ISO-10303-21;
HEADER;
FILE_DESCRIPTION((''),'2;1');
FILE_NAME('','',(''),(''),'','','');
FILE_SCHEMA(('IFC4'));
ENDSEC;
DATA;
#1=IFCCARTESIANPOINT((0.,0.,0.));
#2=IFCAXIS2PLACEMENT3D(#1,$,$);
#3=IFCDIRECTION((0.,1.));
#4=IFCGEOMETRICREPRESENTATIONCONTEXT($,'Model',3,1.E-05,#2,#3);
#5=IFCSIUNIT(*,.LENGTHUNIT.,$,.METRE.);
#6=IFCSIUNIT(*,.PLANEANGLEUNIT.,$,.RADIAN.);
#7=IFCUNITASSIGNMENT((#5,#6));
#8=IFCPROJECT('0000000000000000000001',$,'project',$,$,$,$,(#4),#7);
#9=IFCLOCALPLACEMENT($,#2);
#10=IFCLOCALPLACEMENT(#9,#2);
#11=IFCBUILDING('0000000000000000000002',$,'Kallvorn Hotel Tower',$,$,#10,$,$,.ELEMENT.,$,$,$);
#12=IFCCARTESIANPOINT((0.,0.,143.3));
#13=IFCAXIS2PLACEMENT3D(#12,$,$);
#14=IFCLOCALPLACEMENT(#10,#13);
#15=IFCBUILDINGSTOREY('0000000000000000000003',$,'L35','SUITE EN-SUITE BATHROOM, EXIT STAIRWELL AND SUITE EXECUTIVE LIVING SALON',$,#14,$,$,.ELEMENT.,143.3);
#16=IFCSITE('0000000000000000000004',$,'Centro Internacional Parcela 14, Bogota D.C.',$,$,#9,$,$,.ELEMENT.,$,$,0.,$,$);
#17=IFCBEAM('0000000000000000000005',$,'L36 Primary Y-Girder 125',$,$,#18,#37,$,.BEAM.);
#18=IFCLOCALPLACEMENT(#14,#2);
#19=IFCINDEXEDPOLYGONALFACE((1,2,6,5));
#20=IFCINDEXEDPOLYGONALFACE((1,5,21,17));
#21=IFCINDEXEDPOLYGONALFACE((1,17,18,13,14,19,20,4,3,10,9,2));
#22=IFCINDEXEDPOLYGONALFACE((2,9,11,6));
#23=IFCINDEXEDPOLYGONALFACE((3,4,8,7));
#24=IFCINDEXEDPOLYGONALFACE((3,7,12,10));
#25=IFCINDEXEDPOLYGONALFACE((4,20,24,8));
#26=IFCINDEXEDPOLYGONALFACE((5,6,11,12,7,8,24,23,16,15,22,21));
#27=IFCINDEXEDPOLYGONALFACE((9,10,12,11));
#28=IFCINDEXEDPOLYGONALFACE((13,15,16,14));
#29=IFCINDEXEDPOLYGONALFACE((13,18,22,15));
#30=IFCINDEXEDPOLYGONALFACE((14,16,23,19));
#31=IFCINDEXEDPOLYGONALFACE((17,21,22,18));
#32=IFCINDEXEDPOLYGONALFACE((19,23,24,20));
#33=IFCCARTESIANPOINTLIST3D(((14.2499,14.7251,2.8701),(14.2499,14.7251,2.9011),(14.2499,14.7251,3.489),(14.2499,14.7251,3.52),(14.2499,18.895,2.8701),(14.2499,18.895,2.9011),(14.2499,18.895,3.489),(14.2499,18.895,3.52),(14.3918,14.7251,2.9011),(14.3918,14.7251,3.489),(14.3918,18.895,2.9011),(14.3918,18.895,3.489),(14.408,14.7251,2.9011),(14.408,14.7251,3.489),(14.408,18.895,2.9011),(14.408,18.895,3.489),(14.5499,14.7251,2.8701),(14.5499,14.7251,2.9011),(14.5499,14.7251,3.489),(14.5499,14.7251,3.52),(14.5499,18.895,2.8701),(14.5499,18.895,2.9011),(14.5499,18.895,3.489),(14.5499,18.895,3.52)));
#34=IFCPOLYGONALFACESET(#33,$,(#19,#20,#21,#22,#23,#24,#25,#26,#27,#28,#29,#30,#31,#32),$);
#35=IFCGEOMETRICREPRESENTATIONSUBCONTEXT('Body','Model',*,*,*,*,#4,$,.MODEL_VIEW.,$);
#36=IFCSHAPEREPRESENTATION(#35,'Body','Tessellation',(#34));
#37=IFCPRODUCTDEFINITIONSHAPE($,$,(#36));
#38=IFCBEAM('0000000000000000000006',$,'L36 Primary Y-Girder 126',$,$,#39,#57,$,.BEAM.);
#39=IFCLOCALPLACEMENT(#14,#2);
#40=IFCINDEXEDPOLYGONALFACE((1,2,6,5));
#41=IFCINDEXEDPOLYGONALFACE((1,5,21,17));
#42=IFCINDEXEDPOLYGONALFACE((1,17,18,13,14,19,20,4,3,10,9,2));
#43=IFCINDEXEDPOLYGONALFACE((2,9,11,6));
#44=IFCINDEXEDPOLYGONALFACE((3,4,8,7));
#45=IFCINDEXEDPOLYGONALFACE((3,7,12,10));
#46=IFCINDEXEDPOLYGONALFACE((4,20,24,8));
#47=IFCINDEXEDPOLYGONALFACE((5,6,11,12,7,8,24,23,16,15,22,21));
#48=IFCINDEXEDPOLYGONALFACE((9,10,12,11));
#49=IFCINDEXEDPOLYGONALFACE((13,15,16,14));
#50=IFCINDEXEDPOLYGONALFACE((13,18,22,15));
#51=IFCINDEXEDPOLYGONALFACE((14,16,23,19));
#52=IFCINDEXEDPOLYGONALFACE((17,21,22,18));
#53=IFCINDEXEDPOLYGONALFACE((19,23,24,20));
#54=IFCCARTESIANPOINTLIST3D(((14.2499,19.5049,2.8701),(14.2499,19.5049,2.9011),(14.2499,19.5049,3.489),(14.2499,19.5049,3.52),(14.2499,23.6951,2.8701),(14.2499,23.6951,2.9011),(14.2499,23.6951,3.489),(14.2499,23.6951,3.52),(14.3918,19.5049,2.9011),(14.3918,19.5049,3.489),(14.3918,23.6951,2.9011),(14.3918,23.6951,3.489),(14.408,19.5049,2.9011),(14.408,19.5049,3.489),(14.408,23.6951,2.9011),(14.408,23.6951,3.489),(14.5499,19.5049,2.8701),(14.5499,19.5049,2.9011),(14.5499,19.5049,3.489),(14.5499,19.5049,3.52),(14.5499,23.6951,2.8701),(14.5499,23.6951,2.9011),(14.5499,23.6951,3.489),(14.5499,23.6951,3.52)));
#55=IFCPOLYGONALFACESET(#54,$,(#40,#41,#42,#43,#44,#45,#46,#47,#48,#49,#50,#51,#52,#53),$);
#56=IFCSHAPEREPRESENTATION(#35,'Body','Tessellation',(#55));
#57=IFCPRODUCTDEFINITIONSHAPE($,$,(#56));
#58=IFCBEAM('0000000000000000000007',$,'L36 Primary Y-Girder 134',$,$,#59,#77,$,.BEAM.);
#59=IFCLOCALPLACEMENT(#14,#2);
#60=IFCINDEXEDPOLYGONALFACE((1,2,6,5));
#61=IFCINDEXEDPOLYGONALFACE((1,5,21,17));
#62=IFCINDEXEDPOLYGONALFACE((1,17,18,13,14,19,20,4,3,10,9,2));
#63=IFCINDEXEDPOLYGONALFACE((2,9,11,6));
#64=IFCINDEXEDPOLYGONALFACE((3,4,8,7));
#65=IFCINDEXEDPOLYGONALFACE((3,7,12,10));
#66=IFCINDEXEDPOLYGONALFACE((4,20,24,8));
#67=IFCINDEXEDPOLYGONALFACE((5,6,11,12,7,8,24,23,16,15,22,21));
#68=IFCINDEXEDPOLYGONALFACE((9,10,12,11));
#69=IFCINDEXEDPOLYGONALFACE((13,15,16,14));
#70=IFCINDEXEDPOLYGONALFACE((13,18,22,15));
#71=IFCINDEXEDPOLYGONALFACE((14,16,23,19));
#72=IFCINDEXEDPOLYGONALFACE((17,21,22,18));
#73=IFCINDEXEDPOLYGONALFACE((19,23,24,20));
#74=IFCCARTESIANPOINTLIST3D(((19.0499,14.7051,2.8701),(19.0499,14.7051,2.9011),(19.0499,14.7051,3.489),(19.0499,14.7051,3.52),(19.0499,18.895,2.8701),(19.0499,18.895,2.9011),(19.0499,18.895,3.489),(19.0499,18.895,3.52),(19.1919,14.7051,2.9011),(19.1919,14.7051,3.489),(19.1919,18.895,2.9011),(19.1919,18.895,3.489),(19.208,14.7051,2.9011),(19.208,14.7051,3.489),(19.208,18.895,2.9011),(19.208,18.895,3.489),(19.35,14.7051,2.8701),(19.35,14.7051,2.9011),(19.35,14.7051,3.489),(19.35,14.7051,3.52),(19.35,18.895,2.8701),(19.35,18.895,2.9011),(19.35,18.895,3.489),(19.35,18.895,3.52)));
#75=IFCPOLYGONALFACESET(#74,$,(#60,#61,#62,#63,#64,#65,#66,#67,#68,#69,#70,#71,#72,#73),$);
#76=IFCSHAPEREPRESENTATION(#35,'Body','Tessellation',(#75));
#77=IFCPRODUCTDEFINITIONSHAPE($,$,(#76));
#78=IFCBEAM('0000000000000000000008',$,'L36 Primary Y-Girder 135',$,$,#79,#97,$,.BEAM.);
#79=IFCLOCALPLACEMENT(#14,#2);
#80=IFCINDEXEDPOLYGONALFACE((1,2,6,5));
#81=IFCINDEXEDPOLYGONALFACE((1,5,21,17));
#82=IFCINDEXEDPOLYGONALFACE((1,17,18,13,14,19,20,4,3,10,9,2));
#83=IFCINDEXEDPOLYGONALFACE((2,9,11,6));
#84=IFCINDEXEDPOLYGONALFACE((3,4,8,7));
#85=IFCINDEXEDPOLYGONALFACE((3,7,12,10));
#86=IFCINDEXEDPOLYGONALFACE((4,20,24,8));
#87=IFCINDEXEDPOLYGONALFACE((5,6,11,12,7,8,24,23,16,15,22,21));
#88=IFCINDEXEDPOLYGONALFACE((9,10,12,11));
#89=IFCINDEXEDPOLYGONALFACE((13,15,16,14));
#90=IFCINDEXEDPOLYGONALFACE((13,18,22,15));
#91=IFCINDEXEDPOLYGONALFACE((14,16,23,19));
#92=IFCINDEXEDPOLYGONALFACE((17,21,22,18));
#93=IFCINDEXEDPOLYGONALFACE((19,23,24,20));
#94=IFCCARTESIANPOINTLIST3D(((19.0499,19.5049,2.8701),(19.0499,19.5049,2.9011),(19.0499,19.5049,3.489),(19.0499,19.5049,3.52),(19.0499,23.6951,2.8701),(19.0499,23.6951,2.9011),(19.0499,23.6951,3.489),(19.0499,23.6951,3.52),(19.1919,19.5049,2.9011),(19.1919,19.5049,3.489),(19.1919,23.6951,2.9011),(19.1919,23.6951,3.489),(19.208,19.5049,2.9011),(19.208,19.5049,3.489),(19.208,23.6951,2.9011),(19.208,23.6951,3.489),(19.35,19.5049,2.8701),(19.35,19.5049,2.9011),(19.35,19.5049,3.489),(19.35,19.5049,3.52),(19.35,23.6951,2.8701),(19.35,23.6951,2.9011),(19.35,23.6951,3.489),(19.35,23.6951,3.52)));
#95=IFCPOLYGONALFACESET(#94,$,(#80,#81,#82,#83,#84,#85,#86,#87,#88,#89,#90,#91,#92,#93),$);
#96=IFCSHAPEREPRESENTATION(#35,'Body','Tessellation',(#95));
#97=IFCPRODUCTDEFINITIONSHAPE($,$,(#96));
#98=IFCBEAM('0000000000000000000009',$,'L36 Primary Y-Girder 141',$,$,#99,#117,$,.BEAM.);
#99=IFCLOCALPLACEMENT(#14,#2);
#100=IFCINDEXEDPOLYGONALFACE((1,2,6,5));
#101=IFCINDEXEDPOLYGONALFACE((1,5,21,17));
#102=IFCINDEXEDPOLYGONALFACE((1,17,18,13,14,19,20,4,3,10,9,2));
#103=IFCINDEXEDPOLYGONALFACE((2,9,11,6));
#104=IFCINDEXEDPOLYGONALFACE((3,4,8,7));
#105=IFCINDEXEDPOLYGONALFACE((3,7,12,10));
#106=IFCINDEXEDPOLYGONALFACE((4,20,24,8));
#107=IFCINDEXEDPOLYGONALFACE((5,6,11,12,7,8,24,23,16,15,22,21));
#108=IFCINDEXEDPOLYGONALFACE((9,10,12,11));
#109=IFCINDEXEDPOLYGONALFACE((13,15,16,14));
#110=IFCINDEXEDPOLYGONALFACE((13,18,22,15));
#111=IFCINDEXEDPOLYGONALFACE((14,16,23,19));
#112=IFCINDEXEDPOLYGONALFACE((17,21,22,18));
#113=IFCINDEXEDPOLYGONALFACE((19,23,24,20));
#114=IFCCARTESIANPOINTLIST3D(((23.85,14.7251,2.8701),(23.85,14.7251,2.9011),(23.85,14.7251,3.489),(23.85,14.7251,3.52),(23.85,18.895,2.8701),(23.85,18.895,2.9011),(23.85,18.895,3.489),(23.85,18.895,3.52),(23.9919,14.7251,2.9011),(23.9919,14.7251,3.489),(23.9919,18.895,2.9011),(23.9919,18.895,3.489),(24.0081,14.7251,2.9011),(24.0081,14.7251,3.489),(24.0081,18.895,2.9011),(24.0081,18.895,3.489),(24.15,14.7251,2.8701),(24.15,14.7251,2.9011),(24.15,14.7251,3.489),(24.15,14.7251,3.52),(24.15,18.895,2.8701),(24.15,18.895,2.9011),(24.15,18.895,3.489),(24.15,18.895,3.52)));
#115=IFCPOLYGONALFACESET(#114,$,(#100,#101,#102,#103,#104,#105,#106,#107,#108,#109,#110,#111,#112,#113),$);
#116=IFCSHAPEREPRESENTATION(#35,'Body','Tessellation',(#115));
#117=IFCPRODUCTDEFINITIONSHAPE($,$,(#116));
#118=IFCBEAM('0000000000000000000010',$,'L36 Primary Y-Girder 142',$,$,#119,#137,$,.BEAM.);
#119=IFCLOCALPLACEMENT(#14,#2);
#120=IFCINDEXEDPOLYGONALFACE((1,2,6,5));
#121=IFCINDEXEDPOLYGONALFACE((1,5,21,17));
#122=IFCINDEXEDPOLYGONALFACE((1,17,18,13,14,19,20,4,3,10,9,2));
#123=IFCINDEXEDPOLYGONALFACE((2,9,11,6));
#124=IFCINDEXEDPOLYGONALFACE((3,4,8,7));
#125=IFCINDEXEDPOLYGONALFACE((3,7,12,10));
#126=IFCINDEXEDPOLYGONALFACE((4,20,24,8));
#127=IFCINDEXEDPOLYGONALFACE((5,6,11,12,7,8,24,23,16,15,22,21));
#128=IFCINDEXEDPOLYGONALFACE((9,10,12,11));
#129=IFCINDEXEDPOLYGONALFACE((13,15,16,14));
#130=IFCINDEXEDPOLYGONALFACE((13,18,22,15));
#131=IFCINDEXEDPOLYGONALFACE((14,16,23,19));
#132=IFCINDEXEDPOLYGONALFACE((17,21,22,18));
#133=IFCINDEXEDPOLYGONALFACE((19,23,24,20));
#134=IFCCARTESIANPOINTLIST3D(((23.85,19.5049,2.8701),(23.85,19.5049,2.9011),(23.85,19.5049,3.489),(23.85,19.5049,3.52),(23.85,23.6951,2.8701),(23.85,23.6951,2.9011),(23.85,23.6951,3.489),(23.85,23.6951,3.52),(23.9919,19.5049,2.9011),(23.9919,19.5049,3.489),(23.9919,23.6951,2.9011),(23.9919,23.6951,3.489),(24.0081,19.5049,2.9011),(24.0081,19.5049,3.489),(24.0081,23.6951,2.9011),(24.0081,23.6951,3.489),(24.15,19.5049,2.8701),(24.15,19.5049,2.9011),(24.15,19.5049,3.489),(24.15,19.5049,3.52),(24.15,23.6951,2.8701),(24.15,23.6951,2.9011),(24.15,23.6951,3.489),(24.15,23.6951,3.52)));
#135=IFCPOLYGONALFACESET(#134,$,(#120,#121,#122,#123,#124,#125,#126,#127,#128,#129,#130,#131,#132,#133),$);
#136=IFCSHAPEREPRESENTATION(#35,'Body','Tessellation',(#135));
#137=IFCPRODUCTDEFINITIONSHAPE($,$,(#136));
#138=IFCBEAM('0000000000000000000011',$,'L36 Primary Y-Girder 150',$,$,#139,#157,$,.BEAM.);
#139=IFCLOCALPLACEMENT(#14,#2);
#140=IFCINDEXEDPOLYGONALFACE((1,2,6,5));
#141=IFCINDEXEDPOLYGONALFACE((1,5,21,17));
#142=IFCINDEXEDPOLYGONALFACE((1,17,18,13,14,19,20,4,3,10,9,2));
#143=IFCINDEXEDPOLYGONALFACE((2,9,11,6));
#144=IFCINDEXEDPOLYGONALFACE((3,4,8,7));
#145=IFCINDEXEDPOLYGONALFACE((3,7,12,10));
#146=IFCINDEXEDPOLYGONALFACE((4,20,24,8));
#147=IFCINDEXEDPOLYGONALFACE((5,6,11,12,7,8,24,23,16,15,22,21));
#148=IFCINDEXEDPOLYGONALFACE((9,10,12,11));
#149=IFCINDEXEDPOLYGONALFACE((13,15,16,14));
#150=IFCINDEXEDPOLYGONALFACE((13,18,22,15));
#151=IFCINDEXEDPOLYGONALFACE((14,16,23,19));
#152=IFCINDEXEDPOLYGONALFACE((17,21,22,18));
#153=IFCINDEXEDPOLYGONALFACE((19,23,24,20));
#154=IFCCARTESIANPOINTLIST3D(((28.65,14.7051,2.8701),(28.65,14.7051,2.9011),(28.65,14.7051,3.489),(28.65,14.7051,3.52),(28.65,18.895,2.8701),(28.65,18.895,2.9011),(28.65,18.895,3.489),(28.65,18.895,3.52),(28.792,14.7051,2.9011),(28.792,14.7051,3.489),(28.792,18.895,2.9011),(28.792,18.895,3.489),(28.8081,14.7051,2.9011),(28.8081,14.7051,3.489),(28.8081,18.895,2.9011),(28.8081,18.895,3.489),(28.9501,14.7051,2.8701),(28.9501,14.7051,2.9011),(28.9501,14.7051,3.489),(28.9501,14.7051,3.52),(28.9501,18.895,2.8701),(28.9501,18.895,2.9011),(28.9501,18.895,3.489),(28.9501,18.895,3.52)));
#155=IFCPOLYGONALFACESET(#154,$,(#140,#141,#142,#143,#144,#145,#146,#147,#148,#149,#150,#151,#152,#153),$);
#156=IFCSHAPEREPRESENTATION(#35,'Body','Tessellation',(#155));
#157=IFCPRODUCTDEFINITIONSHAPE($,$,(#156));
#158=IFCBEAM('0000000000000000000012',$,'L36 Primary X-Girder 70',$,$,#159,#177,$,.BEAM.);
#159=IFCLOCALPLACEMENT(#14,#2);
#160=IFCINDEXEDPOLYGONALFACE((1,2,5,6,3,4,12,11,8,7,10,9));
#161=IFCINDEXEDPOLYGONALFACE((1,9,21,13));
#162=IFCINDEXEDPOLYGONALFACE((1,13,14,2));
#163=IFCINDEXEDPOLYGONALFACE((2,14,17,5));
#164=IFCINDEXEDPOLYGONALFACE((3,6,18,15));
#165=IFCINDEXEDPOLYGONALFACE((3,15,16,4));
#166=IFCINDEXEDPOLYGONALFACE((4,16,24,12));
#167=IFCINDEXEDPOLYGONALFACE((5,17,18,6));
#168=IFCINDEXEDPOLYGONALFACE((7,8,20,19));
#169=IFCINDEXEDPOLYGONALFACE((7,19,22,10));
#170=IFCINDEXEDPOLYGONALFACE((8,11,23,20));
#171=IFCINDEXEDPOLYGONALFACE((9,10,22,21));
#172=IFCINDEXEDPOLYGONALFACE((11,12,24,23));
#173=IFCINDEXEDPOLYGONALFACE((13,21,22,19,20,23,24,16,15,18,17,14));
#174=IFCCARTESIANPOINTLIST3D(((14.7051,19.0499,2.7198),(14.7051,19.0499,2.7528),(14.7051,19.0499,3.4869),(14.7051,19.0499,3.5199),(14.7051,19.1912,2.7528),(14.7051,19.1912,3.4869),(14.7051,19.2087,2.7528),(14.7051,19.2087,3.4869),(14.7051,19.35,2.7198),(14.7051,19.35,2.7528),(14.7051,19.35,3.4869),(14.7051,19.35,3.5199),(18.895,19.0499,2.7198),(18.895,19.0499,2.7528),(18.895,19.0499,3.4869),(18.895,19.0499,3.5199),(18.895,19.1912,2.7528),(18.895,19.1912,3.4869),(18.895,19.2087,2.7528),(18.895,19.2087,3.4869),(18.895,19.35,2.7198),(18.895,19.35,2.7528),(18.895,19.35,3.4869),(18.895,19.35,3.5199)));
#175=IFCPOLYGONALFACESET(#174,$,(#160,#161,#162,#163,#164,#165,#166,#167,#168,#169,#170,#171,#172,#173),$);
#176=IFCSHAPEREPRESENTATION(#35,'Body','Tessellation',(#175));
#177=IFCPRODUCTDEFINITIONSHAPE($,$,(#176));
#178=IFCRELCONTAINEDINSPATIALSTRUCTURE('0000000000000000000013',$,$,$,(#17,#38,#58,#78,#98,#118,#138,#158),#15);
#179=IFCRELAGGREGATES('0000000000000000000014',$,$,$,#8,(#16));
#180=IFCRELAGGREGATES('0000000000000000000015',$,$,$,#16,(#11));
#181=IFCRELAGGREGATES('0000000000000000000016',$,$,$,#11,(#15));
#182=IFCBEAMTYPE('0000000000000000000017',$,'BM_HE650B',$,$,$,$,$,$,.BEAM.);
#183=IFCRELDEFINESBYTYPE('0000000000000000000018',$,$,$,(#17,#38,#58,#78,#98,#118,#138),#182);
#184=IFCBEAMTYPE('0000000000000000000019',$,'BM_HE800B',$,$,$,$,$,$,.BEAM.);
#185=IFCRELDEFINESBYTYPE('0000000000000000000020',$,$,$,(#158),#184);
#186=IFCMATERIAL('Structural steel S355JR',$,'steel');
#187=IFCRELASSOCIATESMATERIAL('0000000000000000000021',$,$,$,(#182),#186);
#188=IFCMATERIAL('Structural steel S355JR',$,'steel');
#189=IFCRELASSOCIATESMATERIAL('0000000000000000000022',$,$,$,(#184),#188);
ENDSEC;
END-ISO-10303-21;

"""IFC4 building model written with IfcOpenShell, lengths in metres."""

from ifc_helpers import new_model, si_unit, direction, frame, origin, origin_2d, place, context, subcontext, project, spatial, i_section, extrude, material, material_profile, profile_set, type_object, element, save


model = new_model("IFC4")

# Units and contexts
model_context = context("Model", 3, precision=1e-05, world=origin(), true_north=direction((0.0, 1.0)))
body_context = subcontext(model_context, "Body", "Model", "MODEL_VIEW")
ifc_project = project(units=[si_unit("LENGTHUNIT", "METRE"), si_unit("PLANEANGLEUNIT", "RADIAN")], contexts=[model_context])

# Site, building, storey
site_placement = place(None, origin())
site = spatial("IfcSite", under=ifc_project, at=site_placement, Name="Centro Internacional Parcela 14, Bogota D.C.", CompositionType="ELEMENT", RefElevation=0.0)
building_placement = place(site_placement, origin())
building = spatial("IfcBuilding", under=site, at=building_placement, Name="Kallvorn Hotel Tower", CompositionType="ELEMENT")
storey_placement = place(building_placement, frame((0.0, 0.0, 143.3)))
storey = spatial("IfcBuildingStorey", under=building, at=storey_placement, Name="L35", Description="SUITE EN-SUITE BATHROOM, EXIT STAIRWELL AND SUITE EXECUTIVE LIVING SALON", CompositionType="ELEMENT", Elevation=143.3)

# Beams
ifc_material_1 = material(Name="Structural steel S355JR", Category="steel")
ifc_material_profile_1 = material_profile(ifc_material_1, i_section(OverallWidth=0.3, OverallDepth=0.6499, WebThickness=0.0161, FlangeThickness=0.031, at=origin_2d()), Name="HE 650 B")
ifc_profile_set_1 = profile_set([ifc_material_profile_1], Name="Structural steel S355JR")
beam_type_1 = type_object("IfcBeamType", Name="BM_HE650B", PredefinedType="BEAM", material=ifc_profile_set_1)
beam_1_placement = place(storey_placement, frame((14.3999, 14.7251, 3.1951), z_axis=(0.0, 1.0, 0.0), x_axis=(-1.0, 0.0, 0.0)))
element("IfcBeam", 1, at=beam_1_placement, inside=storey, type_object=beam_type_1, Name="L36 Primary Y-Girder 125", PredefinedType="BEAM", context=body_context, shape_type="SweptSolid", body=[
    extrude(i_section(OverallWidth=0.3, OverallDepth=0.6499, WebThickness=0.0161, FlangeThickness=0.031, at=origin_2d()), origin(), (0.0, 0.0, 1.0), 4.1699),
])
beam_2_placement = place(storey_placement, frame((14.3999, 19.5049, 3.1951), z_axis=(0.0, 1.0, 0.0), x_axis=(-1.0, 0.0, 0.0)))
element("IfcBeam", 2, at=beam_2_placement, inside=storey, type_object=beam_type_1, Name="L36 Primary Y-Girder 126", PredefinedType="BEAM", context=body_context, shape_type="SweptSolid", body=[
    extrude(i_section(OverallWidth=0.3, OverallDepth=0.6499, WebThickness=0.0161, FlangeThickness=0.031, at=origin_2d()), origin(), (0.0, 0.0, 1.0), 4.1902),
])
beam_3_placement = place(storey_placement, frame((19.2, 14.7051, 3.1951), z_axis=(0.0, 1.0, 0.0), x_axis=(-1.0, 0.0, 0.0)))
element("IfcBeam", 3, at=beam_3_placement, inside=storey, type_object=beam_type_1, Name="L36 Primary Y-Girder 134", PredefinedType="BEAM", context=body_context, shape_type="SweptSolid", body=[
    extrude(i_section(OverallWidth=0.3, OverallDepth=0.6499, WebThickness=0.0161, FlangeThickness=0.031, at=origin_2d()), origin(), (0.0, 0.0, 1.0), 4.1899),
])
beam_4_placement = place(storey_placement, frame((19.2, 19.5049, 3.1951), z_axis=(0.0, 1.0, 0.0), x_axis=(-1.0, 0.0, 0.0)))
element("IfcBeam", 4, at=beam_4_placement, inside=storey, type_object=beam_type_1, Name="L36 Primary Y-Girder 135", PredefinedType="BEAM", context=body_context, shape_type="SweptSolid", body=[
    extrude(i_section(OverallWidth=0.3, OverallDepth=0.6499, WebThickness=0.0161, FlangeThickness=0.031, at=origin_2d()), origin(), (0.0, 0.0, 1.0), 4.1902),
])
beam_5_placement = place(storey_placement, frame((24.0, 14.7251, 3.1951), z_axis=(0.0, 1.0, 0.0), x_axis=(-1.0, 0.0, 0.0)))
element("IfcBeam", 5, at=beam_5_placement, inside=storey, type_object=beam_type_1, Name="L36 Primary Y-Girder 141", PredefinedType="BEAM", context=body_context, shape_type="SweptSolid", body=[
    extrude(i_section(OverallWidth=0.3, OverallDepth=0.6499, WebThickness=0.0161, FlangeThickness=0.031, at=origin_2d()), origin(), (0.0, 0.0, 1.0), 4.1699),
])
beam_6_placement = place(storey_placement, frame((24.0, 19.5049, 3.1951), z_axis=(0.0, 1.0, 0.0), x_axis=(-1.0, 0.0, 0.0)))
element("IfcBeam", 6, at=beam_6_placement, inside=storey, type_object=beam_type_1, Name="L36 Primary Y-Girder 142", PredefinedType="BEAM", context=body_context, shape_type="SweptSolid", body=[
    extrude(i_section(OverallWidth=0.3, OverallDepth=0.6499, WebThickness=0.0161, FlangeThickness=0.031, at=origin_2d()), origin(), (0.0, 0.0, 1.0), 4.1902),
])
beam_7_placement = place(storey_placement, frame((28.8, 14.7051, 3.1951), z_axis=(0.0, 1.0, 0.0), x_axis=(-1.0, 0.0, 0.0)))
element("IfcBeam", 7, at=beam_7_placement, inside=storey, type_object=beam_type_1, Name="L36 Primary Y-Girder 150", PredefinedType="BEAM", context=body_context, shape_type="SweptSolid", body=[
    extrude(i_section(OverallWidth=0.3, OverallDepth=0.6499, WebThickness=0.0161, FlangeThickness=0.031, at=origin_2d()), origin(), (0.0, 0.0, 1.0), 4.1899),
])
ifc_material_2 = material(Name="Structural steel S355JR", Category="steel")
ifc_material_profile_2 = material_profile(ifc_material_2, i_section(OverallWidth=0.3, OverallDepth=0.8, WebThickness=0.0176, FlangeThickness=0.033, at=origin_2d()), Name="HE 800 B")
ifc_profile_set_2 = profile_set([ifc_material_profile_2], Name="Structural steel S355JR")
beam_type_2 = type_object("IfcBeamType", Name="BM_HE800B", PredefinedType="BEAM", material=ifc_profile_set_2)
beam_8_placement = place(storey_placement, frame((14.7051, 19.2, 3.1199), z_axis=(1.0, 0.0, 0.0), x_axis=(0.0, 1.0, 0.0)))
element("IfcBeam", 8, at=beam_8_placement, inside=storey, type_object=beam_type_2, Name="L36 Primary X-Girder 70", PredefinedType="BEAM", context=body_context, shape_type="SweptSolid", body=[
    extrude(i_section(OverallWidth=0.3, OverallDepth=0.8, WebThickness=0.0176, FlangeThickness=0.033, at=origin_2d()), origin(), (0.0, 0.0, 1.0), 4.1899),
])

save(model, "model.ifc")
